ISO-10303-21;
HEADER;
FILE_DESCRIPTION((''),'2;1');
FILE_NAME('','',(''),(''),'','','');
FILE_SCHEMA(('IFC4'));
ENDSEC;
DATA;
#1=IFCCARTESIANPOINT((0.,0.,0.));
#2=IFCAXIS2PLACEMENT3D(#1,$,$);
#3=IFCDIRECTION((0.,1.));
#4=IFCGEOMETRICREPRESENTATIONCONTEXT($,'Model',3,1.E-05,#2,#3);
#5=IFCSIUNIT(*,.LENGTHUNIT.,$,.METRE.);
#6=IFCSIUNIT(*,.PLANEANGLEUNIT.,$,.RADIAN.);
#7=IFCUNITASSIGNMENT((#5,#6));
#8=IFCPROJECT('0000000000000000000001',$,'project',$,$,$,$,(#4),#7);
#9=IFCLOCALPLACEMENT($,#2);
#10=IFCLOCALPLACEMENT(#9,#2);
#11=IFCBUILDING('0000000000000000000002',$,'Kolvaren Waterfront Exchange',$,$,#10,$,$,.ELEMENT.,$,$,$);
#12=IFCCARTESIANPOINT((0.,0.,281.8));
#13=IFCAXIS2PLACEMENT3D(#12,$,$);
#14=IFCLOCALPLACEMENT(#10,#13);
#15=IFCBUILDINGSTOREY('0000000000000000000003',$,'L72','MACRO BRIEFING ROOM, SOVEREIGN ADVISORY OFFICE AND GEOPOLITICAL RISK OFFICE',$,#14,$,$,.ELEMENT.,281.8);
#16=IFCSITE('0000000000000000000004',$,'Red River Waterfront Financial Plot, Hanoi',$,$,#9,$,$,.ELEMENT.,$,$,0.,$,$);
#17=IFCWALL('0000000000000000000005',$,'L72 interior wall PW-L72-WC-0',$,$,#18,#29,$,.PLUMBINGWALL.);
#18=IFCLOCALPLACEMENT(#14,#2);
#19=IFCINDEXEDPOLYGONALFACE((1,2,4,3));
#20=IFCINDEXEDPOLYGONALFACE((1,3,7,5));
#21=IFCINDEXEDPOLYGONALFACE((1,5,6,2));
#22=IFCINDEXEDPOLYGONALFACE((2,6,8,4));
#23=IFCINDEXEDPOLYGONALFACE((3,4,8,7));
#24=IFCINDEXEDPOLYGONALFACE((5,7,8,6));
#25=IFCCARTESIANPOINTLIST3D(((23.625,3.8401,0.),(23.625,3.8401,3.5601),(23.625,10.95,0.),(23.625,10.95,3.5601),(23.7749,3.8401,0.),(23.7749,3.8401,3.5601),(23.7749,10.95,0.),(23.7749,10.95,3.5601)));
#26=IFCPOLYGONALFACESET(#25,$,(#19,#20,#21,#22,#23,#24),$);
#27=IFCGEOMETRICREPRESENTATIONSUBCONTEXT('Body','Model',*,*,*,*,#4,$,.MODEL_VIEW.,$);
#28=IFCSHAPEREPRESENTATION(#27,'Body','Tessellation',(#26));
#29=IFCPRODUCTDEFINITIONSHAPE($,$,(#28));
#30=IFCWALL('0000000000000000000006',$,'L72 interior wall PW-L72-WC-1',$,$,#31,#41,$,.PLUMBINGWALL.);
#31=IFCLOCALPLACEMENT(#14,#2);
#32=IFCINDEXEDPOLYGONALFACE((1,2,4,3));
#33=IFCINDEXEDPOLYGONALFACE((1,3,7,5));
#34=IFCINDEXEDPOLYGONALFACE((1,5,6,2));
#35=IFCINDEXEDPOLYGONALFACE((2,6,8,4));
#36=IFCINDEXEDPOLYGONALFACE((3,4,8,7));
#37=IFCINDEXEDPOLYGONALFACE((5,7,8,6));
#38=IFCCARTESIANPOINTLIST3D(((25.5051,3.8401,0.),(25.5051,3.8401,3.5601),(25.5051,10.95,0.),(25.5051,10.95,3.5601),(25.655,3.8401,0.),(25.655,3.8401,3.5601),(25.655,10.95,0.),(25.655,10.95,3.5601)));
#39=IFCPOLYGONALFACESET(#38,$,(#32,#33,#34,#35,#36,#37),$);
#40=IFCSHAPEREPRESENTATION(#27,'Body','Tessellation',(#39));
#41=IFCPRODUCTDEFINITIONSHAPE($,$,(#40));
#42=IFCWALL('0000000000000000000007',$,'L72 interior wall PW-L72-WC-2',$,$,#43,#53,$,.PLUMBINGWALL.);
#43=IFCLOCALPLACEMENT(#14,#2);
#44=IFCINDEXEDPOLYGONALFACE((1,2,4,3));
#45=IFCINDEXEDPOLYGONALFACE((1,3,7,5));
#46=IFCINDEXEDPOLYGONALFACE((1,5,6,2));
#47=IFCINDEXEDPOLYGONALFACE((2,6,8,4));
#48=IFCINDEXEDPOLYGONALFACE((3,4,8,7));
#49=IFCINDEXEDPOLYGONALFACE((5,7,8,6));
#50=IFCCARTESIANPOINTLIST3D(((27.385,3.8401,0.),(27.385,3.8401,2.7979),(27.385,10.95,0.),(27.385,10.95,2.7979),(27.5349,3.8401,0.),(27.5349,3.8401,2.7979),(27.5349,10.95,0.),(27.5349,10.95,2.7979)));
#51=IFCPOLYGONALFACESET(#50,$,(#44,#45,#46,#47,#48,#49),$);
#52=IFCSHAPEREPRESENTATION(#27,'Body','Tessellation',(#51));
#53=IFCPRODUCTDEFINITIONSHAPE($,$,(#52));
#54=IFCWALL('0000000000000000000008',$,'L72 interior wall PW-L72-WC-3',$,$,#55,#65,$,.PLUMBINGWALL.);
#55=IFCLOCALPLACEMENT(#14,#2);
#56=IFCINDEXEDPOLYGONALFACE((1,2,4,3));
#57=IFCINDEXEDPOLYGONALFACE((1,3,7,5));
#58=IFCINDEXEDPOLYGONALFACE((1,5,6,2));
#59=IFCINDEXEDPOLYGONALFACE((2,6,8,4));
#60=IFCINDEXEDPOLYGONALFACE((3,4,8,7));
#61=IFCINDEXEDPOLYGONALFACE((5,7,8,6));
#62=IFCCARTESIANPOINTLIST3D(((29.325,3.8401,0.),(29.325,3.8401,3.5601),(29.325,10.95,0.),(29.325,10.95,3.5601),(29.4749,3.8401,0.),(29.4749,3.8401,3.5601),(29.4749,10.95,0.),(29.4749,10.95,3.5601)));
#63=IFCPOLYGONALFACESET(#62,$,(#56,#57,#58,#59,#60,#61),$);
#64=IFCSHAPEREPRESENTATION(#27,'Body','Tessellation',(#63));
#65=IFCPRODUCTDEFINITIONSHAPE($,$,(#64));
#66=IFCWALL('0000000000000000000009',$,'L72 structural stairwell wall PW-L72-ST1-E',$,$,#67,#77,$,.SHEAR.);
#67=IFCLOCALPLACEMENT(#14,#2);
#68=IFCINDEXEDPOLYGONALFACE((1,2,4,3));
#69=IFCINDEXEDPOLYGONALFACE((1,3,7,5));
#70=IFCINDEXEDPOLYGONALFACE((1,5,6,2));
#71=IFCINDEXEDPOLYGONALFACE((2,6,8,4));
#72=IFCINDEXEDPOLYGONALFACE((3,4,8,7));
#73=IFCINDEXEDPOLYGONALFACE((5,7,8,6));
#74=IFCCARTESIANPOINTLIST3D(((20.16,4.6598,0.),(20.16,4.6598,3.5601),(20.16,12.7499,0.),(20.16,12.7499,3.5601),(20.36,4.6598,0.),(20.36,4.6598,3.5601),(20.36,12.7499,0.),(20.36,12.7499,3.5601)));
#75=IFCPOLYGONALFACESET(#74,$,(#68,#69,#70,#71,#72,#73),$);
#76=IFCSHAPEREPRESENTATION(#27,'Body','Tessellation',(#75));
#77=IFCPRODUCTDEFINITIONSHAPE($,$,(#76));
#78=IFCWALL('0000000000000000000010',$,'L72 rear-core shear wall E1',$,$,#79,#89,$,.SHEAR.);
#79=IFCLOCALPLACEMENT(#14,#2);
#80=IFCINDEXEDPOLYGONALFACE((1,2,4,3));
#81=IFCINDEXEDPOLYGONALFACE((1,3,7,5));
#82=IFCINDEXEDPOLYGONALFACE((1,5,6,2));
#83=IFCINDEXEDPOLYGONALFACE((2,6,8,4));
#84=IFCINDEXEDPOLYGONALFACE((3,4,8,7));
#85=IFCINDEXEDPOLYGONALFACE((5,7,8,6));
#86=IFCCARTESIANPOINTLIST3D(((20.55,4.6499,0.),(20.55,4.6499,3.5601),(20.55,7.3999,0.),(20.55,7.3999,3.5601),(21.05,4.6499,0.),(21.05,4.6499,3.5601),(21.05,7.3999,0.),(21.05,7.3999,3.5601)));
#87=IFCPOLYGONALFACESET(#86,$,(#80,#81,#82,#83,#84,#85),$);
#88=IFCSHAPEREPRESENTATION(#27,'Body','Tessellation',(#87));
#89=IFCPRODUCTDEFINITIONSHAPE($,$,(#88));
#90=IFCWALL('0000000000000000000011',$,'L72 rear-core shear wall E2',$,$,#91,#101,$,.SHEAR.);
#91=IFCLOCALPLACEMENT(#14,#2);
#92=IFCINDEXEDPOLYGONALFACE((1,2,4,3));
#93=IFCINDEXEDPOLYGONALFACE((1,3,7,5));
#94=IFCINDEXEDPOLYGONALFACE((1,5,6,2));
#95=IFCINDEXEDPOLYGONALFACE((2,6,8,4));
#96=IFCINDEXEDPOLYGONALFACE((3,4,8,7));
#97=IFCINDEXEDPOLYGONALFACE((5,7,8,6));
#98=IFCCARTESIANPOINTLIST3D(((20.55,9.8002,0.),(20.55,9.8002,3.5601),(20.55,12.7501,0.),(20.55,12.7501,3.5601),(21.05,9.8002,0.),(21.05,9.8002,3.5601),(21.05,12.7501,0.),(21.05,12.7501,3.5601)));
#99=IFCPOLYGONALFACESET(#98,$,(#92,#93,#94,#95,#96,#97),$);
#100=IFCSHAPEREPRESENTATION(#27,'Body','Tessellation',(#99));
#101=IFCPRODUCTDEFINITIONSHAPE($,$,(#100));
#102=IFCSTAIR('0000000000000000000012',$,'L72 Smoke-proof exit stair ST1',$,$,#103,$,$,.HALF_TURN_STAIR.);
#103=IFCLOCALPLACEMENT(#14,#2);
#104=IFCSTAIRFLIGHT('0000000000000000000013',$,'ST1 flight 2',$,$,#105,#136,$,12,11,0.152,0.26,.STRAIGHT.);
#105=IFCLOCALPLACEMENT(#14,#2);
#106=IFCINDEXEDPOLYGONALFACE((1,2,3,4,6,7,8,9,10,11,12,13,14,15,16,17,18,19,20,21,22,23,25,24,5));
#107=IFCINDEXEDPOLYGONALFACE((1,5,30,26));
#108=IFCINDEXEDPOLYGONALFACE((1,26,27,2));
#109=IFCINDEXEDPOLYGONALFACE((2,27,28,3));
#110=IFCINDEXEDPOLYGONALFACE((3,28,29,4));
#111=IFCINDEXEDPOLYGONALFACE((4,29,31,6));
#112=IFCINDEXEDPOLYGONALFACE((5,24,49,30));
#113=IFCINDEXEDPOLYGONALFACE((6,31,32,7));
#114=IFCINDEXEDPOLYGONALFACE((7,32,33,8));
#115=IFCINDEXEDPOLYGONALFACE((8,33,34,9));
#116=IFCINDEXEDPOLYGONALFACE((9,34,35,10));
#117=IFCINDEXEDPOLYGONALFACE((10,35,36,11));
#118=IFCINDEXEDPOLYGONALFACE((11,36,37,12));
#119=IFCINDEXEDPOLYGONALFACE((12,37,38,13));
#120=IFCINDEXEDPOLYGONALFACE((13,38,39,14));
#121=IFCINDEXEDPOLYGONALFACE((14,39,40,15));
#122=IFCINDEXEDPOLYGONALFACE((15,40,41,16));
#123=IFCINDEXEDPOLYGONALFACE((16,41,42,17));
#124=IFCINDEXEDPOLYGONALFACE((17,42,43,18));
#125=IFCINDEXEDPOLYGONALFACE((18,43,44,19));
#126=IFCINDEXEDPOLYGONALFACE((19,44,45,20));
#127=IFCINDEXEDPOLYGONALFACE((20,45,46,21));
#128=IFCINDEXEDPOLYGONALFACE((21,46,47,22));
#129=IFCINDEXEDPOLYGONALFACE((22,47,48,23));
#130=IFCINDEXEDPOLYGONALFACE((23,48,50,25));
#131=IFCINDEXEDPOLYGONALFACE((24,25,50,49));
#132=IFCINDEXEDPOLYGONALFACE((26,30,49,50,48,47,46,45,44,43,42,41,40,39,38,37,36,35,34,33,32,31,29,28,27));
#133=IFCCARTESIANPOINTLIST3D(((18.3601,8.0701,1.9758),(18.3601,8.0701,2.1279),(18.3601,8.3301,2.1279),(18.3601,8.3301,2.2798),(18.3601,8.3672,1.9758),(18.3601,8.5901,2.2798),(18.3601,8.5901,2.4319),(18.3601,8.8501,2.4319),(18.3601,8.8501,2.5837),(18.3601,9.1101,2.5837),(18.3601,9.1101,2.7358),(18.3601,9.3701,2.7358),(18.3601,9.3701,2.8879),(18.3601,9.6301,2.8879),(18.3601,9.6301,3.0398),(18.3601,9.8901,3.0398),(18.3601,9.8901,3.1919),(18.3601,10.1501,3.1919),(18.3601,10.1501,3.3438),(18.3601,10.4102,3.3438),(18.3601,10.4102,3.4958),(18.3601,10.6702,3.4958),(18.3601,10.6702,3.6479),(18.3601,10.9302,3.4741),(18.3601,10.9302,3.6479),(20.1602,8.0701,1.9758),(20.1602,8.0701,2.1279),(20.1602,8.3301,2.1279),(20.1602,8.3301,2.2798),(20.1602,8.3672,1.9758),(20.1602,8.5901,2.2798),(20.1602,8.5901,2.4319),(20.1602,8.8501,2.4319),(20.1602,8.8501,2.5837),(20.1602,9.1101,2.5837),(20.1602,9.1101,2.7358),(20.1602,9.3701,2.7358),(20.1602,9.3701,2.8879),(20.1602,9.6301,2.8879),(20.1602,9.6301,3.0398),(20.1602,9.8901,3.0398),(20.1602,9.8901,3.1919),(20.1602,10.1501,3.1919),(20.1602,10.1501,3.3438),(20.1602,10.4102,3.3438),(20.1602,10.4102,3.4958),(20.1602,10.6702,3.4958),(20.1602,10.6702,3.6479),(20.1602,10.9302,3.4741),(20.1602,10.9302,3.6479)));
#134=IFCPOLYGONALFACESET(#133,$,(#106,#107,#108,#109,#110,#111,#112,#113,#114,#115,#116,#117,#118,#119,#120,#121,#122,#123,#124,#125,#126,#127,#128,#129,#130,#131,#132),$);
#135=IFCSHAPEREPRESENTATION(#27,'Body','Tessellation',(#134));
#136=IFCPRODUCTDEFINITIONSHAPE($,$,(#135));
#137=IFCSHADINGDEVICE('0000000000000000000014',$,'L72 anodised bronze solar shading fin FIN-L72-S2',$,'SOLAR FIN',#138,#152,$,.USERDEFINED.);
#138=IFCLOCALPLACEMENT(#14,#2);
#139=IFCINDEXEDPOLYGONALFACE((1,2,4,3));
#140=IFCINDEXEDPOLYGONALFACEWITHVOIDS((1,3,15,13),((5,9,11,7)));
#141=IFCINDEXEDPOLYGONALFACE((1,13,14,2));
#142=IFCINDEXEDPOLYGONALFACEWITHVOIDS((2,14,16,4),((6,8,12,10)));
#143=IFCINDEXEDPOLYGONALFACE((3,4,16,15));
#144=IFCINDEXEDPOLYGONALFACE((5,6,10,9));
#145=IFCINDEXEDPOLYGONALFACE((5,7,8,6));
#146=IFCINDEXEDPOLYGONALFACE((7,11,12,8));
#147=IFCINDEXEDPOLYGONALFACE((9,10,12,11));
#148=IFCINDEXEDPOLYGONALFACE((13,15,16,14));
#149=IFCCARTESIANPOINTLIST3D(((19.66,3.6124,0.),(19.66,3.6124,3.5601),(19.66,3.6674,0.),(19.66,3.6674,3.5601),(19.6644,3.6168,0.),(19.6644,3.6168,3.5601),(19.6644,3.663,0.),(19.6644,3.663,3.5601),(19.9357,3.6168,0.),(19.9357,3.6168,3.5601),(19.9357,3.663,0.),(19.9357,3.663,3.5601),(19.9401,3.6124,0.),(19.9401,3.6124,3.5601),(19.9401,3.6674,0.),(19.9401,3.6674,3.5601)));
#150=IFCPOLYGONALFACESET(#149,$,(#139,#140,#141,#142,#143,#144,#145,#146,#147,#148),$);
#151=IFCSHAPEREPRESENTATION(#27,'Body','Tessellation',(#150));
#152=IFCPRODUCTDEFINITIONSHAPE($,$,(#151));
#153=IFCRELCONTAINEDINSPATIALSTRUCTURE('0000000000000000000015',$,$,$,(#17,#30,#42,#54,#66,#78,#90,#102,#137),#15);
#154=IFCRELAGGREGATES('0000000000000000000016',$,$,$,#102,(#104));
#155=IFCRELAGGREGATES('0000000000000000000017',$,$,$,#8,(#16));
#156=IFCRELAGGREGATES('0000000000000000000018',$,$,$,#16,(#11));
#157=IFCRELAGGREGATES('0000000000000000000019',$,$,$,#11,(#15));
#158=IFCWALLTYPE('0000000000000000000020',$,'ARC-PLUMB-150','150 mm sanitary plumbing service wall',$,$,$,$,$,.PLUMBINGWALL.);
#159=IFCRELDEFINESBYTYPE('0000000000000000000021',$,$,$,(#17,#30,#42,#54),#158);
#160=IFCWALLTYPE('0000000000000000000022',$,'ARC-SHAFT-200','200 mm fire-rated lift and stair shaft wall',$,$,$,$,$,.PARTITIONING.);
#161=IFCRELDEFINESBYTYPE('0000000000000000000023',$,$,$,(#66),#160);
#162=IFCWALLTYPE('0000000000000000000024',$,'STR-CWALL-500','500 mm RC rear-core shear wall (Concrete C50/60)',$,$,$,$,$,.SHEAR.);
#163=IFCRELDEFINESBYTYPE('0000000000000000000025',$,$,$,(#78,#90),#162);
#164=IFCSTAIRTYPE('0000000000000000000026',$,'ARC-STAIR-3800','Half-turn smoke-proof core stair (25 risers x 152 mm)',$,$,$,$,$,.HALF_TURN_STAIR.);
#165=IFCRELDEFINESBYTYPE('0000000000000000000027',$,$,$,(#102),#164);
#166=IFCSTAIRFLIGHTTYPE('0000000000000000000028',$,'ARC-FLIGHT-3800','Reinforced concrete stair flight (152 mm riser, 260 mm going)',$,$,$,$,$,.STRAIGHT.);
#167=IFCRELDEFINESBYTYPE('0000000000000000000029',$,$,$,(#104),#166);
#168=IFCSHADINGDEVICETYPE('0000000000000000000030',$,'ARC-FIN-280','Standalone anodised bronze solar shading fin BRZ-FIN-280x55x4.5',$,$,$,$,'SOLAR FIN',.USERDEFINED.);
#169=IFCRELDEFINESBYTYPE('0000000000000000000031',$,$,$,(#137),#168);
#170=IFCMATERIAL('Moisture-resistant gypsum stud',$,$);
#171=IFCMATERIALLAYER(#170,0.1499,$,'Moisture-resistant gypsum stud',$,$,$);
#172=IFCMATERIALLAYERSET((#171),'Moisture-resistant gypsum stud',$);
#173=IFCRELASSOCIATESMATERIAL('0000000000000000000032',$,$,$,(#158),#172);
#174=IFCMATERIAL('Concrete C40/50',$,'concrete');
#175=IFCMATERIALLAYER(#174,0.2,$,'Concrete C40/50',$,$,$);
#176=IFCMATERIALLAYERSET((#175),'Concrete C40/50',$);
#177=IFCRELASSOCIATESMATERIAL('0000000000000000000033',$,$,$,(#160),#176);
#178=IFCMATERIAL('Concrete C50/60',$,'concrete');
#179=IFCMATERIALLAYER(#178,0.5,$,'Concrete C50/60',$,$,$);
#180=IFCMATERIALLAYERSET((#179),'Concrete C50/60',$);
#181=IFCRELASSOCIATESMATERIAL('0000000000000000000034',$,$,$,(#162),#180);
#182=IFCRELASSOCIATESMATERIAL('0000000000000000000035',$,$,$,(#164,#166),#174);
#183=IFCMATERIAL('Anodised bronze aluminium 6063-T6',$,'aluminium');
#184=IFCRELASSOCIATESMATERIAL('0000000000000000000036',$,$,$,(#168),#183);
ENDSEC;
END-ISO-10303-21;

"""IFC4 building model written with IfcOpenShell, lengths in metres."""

from ifc_helpers import new_model, si_unit, direction, frame, frame_2d, origin, origin_2d, place, context, subcontext, project, spatial, polyline, rectangle, hollow_rectangle, outline, extrude, material, layer, layer_set, material_profile, profile_set, type_object, element, aggregate, save


model = new_model("IFC4")

# Units and contexts
model_context = context("Model", 3, precision=1e-05, world=origin(), true_north=direction((0.0, 1.0)))
body_context = subcontext(model_context, "Body", "Model", "MODEL_VIEW")
ifc_project = project(units=[si_unit("LENGTHUNIT", "METRE"), si_unit("PLANEANGLEUNIT", "RADIAN")], contexts=[model_context])

# Site, building, storey
site_placement = place(None, origin())
site = spatial("IfcSite", under=ifc_project, at=site_placement, Name="Red River Waterfront Financial Plot, Hanoi", CompositionType="ELEMENT", RefElevation=0.0)
building_placement = place(site_placement, origin())
building = spatial("IfcBuilding", under=site, at=building_placement, Name="Kolvaren Waterfront Exchange", CompositionType="ELEMENT")
storey_placement = place(building_placement, frame((0.0, 0.0, 281.8)))
storey = spatial("IfcBuildingStorey", under=building, at=storey_placement, Name="L72", Description="MACRO BRIEFING ROOM, SOVEREIGN ADVISORY OFFICE AND GEOPOLITICAL RISK OFFICE", CompositionType="ELEMENT", Elevation=281.8)

# Shared definitions
ifc_material_1 = material(Name="Concrete C50/60", Category="concrete")

# Shared definitions
ifc_material_2 = material(Name="Anodised bronze aluminium 6063-T6", Category="aluminium")

# Walls
ifc_material_3 = material(Name="Moisture-resistant gypsum stud")
ifc_layer_1 = layer(ifc_material_3, 0.1499, Name="Moisture-resistant gypsum stud")
ifc_layer_set_1 = layer_set([ifc_layer_1], Name="Moisture-resistant gypsum stud")
wall_type_1 = type_object("IfcWallType", Name="ARC-PLUMB-150", Description="150 mm sanitary plumbing service wall", PredefinedType="PLUMBINGWALL", material=ifc_layer_set_1)
for number, where, z_axis, x_axis, name in (
    (1, (23.7, 3.8401, 0.0), (0.0, 0.0, 1.0), (0.0, 1.0, 0.0), "L72 interior wall PW-L72-WC-0"),
    (2, (25.5801, 3.8401, 0.0), (0.0, 0.0, 1.0), (0.0, 1.0, 0.0), "L72 interior wall PW-L72-WC-1"),
):
    element("IfcWall", number, at=place(storey_placement, frame(where, z_axis=z_axis, x_axis=x_axis)), inside=storey, type_object=wall_type_1, Name=name, PredefinedType="PLUMBINGWALL", context=body_context, shape_type="SweptSolid", body=[
        extrude(rectangle(XDim=7.1099, YDim=0.1499, at=frame_2d((3.5549, 0.0))), origin(), (0.0, 0.0, 1.0), 3.5601),
    ])
wall_1_placement = place(storey_placement, frame((27.46, 3.8401, 0.0), z_axis=(0.0, 0.0, 1.0), x_axis=(0.0, 1.0, 0.0)))
element("IfcWall", 3, at=wall_1_placement, inside=storey, type_object=wall_type_1, Name="L72 interior wall PW-L72-WC-2", PredefinedType="PLUMBINGWALL", context=body_context, shape_type="SweptSolid", body=[
    extrude(rectangle(XDim=7.1099, YDim=0.1499, at=frame_2d((3.5549, 0.0))), origin(), (0.0, 0.0, 1.0), 2.7979),
])
wall_2_placement = place(storey_placement, frame((29.3999, 3.8401, 0.0), z_axis=(0.0, 0.0, 1.0), x_axis=(0.0, 1.0, 0.0)))
element("IfcWall", 4, at=wall_2_placement, inside=storey, type_object=wall_type_1, Name="L72 interior wall PW-L72-WC-3", PredefinedType="PLUMBINGWALL", context=body_context, shape_type="SweptSolid", body=[
    extrude(rectangle(XDim=7.1099, YDim=0.1499, at=frame_2d((3.5549, 0.0))), origin(), (0.0, 0.0, 1.0), 3.5601),
])
ifc_material_4 = material(Name="Concrete C40/50", Category="concrete")
ifc_layer_2 = layer(ifc_material_4, 0.2, Name="Concrete C40/50")
ifc_layer_set_2 = layer_set([ifc_layer_2], Name="Concrete C40/50")
wall_type_2 = type_object("IfcWallType", Name="ARC-SHAFT-200", Description="200 mm fire-rated lift and stair shaft wall", PredefinedType="PARTITIONING", material=ifc_layer_set_2)
wall_3_placement = place(storey_placement, frame((20.26, 4.6599, 0.0), z_axis=(0.0, 0.0, 1.0), x_axis=(0.0, 1.0, 0.0)))
element("IfcWall", 5, at=wall_3_placement, inside=storey, type_object=wall_type_2, Name="L72 structural stairwell wall PW-L72-ST1-E", PredefinedType="SHEAR", context=body_context, shape_type="SweptSolid", body=[
    extrude(rectangle(XDim=8.0901, YDim=0.2, at=frame_2d((4.0449, 0.0))), origin(), (0.0, 0.0, 1.0), 3.5601),
])
ifc_layer_3 = layer(ifc_material_1, 0.5, Name="Concrete C50/60")
ifc_layer_set_3 = layer_set([ifc_layer_3], Name="Concrete C50/60")
wall_type_3 = type_object("IfcWallType", Name="STR-CWALL-500", Description="500 mm RC rear-core shear wall (Concrete C50/60)", PredefinedType="SHEAR", material=ifc_layer_set_3)
wall_4_placement = place(storey_placement, frame((20.8, 4.6499, 0.0), z_axis=(0.0, 0.0, 1.0), x_axis=(0.0, 1.0, 0.0)))
element("IfcWall", 6, at=wall_4_placement, inside=storey, type_object=wall_type_3, Name="L72 rear-core shear wall E1", PredefinedType="SHEAR", context=body_context, shape_type="SweptSolid", body=[
    extrude(rectangle(XDim=2.75, YDim=0.5, at=frame_2d((1.375, 0.0))), origin(), (0.0, 0.0, 1.0), 3.5601),
])
wall_5_placement = place(storey_placement, frame((20.8, 9.8, 0.0), z_axis=(0.0, 0.0, 1.0), x_axis=(0.0, 1.0, 0.0)))
element("IfcWall", 7, at=wall_5_placement, inside=storey, type_object=wall_type_3, Name="L72 rear-core shear wall E2", PredefinedType="SHEAR", context=body_context, shape_type="SweptSolid", body=[
    extrude(rectangle(XDim=2.95, YDim=0.5, at=frame_2d((1.4751, 0.0))), origin(), (0.0, 0.0, 1.0), 3.5601),
])

# Stair, stair flight
stair_type = type_object("IfcStairType", Name="ARC-STAIR-3800", Description="Half-turn smoke-proof core stair (25 risers x 152 mm)", PredefinedType="HALF_TURN_STAIR", material=ifc_material_4)
stair_placement = place(storey_placement, origin())
stair = element("IfcStair", 8, at=stair_placement, inside=storey, type_object=stair_type, Name="L72 Smoke-proof exit stair ST1", PredefinedType="HALF_TURN_STAIR")
stair_flight_type = type_object("IfcStairFlightType", Name="ARC-FLIGHT-3800", Description="Reinforced concrete stair flight (152 mm riser, 260 mm going)", PredefinedType="STRAIGHT", material=ifc_material_4)
stair_flight_placement = place(storey_placement, frame((19.26, 8.0701, 1.9758), z_axis=(0.0, 0.0, 1.0), x_axis=(0.0, 1.0, 0.0)))
stair_flight = element("IfcStairFlight", 9, at=stair_flight_placement, type_object=stair_flight_type, Name="ST1 flight 2", NumberOfRisers=12, NumberOfTreads=11, PredefinedType="STRAIGHT", RiserHeight=0.152, TreadLength=0.26, context=body_context, shape_type="SweptSolid", body=[
    extrude(outline(polyline([(0.0, 0.0), (0.0, 0.1521), (0.26, 0.1521), (0.26, 0.304), (0.52, 0.304), (0.52, 0.4561), (0.78, 0.4561), (0.78, 0.6079), (1.04, 0.6079), (1.04, 0.76), (1.3, 0.76), (1.3, 0.9121), (1.5601, 0.9121), (1.5601, 1.064), (1.8201, 1.064), (1.8201, 1.2161), (2.0801, 1.2161), (2.0801, 1.3679), (2.3401, 1.3679), (2.3401, 1.52), (2.6001, 1.52), (2.6001, 1.6721), (2.8601, 1.6721), (2.8601, 1.824), (2.8601, 1.4983), (0.2971, 0.0), (0.0, 0.0)])), frame((0.0, 0.8999, 0.0), z_axis=(0.0, -1.0, 0.0), x_axis=(1.0, 0.0, 0.0)), (0.0, 0.0, 1.0), 1.8),
])
aggregate(stair, [stair_flight])

# Shading device
ifc_material_profile_1 = material_profile(ifc_material_2, hollow_rectangle(XDim=0.0549, YDim=0.28, WallThickness=0.0044, at=origin_2d()), Name="BRZ-FIN-280x55x4.5")
ifc_profile_set_1 = profile_set([ifc_material_profile_1], Name="Anodised bronze aluminium 6063-T6")
shading_device_type = type_object("IfcShadingDeviceType", Name="ARC-FIN-280", Description="Standalone anodised bronze solar shading fin BRZ-FIN-280x55x4.5", ElementType="SOLAR FIN", PredefinedType="USERDEFINED", material=ifc_profile_set_1)
shading_device_placement = place(storey_placement, frame((19.8, 3.6399, 0.0), z_axis=(0.0, 0.0, 1.0), x_axis=(0.0, -1.0, 0.0)))
element("IfcShadingDevice", 10, at=shading_device_placement, inside=storey, type_object=shading_device_type, Name="L72 anodised bronze solar shading fin FIN-L72-S2", ObjectType="SOLAR FIN", PredefinedType="USERDEFINED", context=body_context, shape_type="SweptSolid", body=[
    extrude(hollow_rectangle(XDim=0.0549, YDim=0.28, WallThickness=0.0044, at=origin_2d()), origin(), (0.0, 0.0, 1.0), 3.5601),
])

save(model, "model.ifc")
